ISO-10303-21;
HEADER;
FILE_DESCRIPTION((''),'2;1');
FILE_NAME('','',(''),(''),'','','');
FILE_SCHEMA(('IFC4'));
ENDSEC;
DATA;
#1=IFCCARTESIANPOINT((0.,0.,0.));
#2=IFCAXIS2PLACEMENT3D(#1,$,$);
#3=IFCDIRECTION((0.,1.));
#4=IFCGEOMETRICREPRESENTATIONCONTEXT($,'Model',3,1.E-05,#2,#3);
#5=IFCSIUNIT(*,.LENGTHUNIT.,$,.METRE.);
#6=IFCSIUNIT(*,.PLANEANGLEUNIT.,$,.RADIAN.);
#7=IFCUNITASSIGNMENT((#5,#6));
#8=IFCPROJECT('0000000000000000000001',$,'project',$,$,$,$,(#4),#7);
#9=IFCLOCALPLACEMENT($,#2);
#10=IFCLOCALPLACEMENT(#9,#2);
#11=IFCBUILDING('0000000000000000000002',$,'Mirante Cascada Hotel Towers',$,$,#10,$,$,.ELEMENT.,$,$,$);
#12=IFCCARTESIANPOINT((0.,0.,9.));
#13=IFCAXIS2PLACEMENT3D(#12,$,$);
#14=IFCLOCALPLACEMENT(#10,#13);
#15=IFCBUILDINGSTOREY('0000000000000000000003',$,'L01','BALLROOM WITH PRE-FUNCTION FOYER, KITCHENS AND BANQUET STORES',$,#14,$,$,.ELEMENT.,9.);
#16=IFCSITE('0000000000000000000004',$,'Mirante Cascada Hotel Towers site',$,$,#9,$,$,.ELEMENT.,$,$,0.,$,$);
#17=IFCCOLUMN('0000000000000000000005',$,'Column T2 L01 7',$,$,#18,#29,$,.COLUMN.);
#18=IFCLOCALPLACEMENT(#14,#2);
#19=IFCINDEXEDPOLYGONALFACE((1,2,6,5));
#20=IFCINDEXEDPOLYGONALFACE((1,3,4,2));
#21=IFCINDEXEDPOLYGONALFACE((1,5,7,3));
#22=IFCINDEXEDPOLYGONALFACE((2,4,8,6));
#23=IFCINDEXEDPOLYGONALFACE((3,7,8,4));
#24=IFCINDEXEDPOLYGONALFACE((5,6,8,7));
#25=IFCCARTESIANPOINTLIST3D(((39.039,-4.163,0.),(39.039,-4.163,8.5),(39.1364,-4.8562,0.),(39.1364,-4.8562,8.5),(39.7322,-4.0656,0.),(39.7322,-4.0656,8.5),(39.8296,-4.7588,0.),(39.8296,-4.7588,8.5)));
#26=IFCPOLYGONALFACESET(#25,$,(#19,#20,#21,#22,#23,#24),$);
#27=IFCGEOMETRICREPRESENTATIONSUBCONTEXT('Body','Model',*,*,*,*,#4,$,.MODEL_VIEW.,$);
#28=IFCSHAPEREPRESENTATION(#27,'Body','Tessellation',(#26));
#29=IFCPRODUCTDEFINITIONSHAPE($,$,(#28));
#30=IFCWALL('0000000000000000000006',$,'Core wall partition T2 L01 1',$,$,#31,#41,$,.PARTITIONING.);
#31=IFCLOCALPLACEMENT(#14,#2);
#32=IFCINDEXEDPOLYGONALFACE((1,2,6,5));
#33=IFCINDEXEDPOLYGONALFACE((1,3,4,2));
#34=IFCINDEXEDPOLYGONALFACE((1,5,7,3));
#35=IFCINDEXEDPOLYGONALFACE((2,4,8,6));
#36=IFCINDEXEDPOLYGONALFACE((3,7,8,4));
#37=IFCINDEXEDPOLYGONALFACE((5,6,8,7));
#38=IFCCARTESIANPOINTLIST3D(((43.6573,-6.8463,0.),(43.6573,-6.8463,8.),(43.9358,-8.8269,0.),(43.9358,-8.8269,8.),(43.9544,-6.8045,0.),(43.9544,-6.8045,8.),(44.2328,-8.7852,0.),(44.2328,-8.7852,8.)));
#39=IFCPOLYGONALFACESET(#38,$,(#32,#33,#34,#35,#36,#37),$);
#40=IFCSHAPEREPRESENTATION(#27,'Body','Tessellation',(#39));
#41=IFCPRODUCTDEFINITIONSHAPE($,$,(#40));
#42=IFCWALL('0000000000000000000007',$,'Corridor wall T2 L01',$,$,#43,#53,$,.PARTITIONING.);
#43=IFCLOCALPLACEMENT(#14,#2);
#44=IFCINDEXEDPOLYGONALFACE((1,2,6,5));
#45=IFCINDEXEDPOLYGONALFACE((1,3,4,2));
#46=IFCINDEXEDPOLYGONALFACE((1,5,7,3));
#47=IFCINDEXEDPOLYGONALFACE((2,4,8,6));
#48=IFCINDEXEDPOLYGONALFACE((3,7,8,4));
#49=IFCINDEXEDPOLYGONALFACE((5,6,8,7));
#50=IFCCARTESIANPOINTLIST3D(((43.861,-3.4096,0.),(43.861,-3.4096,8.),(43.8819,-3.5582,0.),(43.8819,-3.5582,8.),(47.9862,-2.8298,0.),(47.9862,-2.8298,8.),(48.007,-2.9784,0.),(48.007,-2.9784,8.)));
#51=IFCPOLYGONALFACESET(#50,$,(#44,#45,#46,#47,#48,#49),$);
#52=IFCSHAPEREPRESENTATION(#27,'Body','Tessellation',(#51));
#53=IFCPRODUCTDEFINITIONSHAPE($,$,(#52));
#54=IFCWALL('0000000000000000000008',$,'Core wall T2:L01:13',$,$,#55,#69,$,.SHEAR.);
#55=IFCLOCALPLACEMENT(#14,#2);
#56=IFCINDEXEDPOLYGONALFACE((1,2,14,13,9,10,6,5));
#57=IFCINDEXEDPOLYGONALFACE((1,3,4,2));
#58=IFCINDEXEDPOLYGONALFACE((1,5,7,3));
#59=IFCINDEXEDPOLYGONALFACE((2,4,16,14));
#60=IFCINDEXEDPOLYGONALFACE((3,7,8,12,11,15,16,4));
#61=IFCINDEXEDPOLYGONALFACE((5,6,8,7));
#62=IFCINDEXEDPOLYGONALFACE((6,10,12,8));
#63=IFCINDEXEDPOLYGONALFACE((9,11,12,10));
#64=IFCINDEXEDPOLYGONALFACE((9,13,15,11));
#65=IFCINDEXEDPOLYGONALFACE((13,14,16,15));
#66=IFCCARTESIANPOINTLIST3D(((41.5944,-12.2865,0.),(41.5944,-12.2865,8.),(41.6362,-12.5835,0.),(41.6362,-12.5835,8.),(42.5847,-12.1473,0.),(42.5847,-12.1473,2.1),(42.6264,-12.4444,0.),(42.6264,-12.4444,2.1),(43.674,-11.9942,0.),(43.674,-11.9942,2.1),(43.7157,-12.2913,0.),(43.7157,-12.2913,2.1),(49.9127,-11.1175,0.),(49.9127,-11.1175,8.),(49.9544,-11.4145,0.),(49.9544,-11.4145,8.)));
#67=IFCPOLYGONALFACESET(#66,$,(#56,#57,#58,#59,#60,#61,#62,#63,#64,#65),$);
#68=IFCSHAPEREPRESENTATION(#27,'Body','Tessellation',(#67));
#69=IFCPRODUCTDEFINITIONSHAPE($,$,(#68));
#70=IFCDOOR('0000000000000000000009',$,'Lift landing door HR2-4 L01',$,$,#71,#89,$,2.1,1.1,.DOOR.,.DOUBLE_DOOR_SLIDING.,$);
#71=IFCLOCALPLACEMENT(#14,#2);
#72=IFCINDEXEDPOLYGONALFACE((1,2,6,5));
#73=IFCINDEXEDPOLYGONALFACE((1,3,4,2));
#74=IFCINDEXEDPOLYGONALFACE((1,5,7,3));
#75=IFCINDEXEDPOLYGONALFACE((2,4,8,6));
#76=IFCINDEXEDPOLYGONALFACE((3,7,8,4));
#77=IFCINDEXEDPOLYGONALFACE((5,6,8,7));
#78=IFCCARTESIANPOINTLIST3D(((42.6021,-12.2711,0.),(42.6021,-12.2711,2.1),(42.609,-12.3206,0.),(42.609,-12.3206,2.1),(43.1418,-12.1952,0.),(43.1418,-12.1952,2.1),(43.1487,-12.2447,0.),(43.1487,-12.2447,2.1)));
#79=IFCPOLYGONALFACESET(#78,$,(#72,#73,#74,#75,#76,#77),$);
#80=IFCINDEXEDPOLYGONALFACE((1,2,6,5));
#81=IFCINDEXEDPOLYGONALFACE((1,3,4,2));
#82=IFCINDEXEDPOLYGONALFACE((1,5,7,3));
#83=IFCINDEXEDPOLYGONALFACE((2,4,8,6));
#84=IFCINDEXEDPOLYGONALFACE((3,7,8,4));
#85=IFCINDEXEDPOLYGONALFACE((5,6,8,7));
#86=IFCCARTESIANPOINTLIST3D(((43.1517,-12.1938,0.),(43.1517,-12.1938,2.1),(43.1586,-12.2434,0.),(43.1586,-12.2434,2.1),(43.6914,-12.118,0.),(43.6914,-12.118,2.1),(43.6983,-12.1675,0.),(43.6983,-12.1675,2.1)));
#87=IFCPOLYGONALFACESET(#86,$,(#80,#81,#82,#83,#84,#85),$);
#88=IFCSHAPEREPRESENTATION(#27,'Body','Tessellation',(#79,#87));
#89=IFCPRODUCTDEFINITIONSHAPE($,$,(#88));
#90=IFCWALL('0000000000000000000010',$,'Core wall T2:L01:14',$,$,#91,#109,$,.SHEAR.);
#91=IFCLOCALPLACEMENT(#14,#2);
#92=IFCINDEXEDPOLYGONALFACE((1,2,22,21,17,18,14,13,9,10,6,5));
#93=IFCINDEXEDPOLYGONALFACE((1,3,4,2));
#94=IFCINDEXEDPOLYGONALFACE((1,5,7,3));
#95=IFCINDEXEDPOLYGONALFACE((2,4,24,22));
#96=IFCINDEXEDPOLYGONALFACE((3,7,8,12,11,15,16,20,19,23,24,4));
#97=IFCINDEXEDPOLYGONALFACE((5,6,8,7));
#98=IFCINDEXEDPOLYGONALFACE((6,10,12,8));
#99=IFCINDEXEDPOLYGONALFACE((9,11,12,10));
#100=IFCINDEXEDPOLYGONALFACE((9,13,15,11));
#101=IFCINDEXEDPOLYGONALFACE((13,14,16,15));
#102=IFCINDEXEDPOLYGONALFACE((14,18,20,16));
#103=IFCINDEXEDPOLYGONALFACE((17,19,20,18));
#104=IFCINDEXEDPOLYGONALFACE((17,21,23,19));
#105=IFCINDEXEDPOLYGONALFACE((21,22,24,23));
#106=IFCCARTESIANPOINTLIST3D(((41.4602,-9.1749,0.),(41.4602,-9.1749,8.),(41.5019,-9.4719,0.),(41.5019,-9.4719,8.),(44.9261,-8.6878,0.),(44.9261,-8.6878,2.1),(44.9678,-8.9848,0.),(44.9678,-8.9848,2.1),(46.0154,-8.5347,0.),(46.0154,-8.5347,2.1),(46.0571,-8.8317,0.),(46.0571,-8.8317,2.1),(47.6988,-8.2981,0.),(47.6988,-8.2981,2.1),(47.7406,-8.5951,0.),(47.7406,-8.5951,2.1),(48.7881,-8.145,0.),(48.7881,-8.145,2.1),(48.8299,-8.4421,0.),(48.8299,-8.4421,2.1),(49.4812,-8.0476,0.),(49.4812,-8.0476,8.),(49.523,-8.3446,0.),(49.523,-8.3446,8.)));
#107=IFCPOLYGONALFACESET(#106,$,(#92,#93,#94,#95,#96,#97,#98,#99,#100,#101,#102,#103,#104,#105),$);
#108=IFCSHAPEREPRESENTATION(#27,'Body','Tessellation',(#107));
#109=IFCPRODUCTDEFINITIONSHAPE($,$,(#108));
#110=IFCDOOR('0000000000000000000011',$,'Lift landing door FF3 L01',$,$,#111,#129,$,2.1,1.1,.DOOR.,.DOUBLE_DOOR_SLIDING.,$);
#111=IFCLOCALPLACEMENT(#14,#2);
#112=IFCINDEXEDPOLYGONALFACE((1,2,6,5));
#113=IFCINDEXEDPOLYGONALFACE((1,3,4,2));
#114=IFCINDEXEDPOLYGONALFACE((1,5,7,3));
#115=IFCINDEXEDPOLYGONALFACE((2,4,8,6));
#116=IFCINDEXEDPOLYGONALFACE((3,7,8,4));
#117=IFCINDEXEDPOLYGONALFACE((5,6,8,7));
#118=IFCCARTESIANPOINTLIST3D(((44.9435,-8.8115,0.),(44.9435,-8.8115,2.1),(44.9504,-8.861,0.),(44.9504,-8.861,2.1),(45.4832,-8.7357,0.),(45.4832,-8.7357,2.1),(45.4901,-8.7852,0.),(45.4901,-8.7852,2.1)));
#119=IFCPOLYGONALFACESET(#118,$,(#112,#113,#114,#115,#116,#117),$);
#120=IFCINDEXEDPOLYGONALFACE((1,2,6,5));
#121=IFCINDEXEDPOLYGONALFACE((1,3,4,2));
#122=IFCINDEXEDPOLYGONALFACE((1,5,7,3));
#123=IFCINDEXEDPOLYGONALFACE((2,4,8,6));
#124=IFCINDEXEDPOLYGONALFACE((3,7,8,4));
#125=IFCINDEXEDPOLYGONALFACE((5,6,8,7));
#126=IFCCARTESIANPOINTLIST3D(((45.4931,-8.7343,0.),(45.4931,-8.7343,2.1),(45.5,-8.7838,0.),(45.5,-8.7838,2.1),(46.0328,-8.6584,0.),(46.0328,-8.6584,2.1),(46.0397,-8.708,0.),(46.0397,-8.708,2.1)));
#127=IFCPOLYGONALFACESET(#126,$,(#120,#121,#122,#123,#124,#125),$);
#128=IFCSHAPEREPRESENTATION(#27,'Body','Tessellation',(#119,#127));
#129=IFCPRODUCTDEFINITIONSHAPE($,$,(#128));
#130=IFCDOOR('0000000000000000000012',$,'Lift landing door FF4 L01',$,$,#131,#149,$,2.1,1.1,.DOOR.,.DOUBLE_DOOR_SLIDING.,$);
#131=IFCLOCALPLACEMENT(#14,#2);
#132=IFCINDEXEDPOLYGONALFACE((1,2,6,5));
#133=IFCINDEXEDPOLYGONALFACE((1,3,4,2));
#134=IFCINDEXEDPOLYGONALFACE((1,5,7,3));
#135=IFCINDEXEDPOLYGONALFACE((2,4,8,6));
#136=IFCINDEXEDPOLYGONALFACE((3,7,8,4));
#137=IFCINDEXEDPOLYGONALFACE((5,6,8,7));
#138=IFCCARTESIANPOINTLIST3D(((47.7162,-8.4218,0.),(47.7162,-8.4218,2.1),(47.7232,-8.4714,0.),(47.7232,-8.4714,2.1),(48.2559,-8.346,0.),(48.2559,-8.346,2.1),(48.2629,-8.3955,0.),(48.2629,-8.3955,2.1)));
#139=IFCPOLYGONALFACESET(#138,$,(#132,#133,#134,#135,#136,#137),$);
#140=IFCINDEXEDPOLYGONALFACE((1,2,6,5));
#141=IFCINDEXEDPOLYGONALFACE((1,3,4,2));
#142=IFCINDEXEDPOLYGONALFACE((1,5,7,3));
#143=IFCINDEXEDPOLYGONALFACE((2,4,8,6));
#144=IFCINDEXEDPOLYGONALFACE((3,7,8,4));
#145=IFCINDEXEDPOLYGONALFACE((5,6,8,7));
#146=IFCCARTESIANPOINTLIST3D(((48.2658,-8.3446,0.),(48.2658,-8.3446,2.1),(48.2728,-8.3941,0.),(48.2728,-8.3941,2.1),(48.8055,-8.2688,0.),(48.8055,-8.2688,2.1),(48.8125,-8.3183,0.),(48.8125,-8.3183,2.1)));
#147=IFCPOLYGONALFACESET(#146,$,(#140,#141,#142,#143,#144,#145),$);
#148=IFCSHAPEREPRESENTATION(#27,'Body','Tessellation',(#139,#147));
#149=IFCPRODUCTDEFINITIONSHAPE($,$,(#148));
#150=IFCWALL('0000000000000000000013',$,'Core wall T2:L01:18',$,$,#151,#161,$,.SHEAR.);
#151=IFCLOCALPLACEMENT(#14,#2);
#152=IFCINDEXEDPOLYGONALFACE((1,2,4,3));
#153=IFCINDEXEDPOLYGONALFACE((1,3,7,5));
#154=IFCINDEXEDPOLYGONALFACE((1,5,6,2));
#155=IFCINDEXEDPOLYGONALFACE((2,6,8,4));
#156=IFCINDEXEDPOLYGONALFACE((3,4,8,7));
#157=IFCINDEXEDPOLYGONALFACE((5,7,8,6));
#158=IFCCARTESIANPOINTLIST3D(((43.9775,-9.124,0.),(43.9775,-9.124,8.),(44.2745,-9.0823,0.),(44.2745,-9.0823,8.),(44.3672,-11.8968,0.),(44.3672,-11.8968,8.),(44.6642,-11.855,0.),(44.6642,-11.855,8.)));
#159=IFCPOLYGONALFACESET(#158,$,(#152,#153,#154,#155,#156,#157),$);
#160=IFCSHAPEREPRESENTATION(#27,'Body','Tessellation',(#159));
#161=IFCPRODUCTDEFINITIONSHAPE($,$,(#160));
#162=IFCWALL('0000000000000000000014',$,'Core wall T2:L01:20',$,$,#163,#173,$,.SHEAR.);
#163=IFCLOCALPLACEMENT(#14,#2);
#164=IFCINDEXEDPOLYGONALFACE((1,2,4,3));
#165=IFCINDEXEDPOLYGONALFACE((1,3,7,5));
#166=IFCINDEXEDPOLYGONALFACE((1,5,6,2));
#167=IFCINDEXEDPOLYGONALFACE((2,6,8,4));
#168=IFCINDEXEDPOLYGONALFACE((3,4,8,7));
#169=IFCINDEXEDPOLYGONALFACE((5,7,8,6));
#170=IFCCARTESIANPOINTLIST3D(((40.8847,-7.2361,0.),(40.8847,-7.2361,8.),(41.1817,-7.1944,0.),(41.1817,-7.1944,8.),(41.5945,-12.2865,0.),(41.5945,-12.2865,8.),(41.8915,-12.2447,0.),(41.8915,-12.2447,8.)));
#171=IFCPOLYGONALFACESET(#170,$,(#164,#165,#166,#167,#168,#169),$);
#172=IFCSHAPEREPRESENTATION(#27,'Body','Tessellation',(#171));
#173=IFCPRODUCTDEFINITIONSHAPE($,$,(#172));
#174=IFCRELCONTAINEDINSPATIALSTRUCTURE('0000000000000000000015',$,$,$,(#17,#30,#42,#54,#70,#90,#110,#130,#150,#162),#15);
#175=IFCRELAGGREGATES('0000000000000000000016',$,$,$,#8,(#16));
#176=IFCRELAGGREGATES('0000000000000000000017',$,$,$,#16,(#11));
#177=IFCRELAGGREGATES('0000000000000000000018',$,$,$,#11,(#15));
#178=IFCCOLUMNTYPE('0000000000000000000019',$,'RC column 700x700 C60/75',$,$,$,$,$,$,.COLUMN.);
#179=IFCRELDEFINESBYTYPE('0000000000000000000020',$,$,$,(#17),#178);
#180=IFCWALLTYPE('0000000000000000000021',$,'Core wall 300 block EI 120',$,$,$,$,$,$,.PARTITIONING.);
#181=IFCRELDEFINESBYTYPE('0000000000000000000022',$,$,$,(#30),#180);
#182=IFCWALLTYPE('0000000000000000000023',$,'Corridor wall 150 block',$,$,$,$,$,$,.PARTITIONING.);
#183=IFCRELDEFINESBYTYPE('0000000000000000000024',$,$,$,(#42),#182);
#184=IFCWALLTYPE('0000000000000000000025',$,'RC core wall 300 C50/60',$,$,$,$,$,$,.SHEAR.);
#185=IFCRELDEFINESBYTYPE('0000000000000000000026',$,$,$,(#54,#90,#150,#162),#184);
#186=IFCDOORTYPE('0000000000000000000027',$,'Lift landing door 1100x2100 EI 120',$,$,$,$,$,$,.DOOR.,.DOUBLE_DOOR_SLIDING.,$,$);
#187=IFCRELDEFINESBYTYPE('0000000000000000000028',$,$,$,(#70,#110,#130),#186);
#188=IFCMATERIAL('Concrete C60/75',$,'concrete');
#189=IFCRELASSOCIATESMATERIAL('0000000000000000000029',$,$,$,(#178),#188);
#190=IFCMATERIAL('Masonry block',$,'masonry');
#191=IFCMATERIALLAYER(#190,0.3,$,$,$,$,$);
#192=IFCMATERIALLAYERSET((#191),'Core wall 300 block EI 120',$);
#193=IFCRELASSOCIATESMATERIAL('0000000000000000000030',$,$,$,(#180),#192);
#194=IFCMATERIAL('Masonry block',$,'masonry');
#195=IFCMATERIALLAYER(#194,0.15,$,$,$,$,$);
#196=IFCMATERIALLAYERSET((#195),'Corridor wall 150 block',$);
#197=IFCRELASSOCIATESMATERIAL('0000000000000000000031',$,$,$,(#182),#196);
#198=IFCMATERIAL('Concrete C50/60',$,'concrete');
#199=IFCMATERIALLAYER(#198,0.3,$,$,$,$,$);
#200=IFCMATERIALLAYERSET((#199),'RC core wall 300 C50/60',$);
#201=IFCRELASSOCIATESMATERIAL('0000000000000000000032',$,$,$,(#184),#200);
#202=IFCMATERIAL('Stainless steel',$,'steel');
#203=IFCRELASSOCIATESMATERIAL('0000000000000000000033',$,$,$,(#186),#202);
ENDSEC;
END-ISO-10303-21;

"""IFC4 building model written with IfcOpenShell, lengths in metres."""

from ifc_helpers import new_model, si_unit, direction, frame, frame_2d, origin, origin_2d, place, context, subcontext, project, spatial, rectangle, extrude, material, layer, layer_set, material_profile, profile_set, type_object, element, fill, save


model = new_model("IFC4")

# Units and contexts
model_context = context("Model", 3, precision=1e-05, world=origin(), true_north=direction((0.0, 1.0)))
body_context = subcontext(model_context, "Body", "Model", "MODEL_VIEW")
ifc_project = project(units=[si_unit("LENGTHUNIT", "METRE"), si_unit("PLANEANGLEUNIT", "RADIAN")], contexts=[model_context])

# Site, building, storey
site_placement = place(None, origin())
site = spatial("IfcSite", under=ifc_project, at=site_placement, Name="Mirante Cascada Hotel Towers site", CompositionType="ELEMENT", RefElevation=0.0)
building_placement = place(site_placement, origin())
building = spatial("IfcBuilding", under=site, at=building_placement, Name="Mirante Cascada Hotel Towers", CompositionType="ELEMENT")
storey_placement = place(building_placement, frame((0.0, 0.0, 9.0)))
storey = spatial("IfcBuildingStorey", under=building, at=storey_placement, Name="L01", Description="BALLROOM WITH PRE-FUNCTION FOYER, KITCHENS AND BANQUET STORES", CompositionType="ELEMENT", Elevation=9.0)

# Column
ifc_material_1 = material(Name="Concrete C60/75", Category="concrete")
ifc_material_profile = material_profile(ifc_material_1, rectangle(XDim=0.7, YDim=0.7, at=origin_2d()), Name="RC column 700x700 C60/75")
ifc_profile_set = profile_set([ifc_material_profile], Name="Concrete C60/75")
column_type = type_object("IfcColumnType", Name="RC column 700x700 C60/75", PredefinedType="COLUMN", material=ifc_profile_set)
column_placement = place(storey_placement, frame((39.4343, -4.4609, 0.0), z_axis=(0.0, 0.0, 1.0), x_axis=(0.990268, 0.139173, 0.0)))
element("IfcColumn", 1, at=column_placement, inside=storey, type_object=column_type, Name="Column T2 L01 7", PredefinedType="COLUMN", context=body_context, shape_type="SweptSolid", body=[
    extrude(rectangle(XDim=0.7, YDim=0.7, at=origin_2d()), origin(), (0.0, 0.0, 1.0), 8.5),
])

# Walls
ifc_material_2 = material(Name="Masonry block", Category="masonry")
ifc_layer_1 = layer(ifc_material_2, 0.3)
ifc_layer_set_1 = layer_set([ifc_layer_1], Name="Core wall 300 block EI 120")
wall_type_1 = type_object("IfcWallType", Name="Core wall 300 block EI 120", PredefinedType="PARTITIONING", material=ifc_layer_set_1)
wall_1_placement = place(storey_placement, frame((44.0843, -8.8061, 0.0), z_axis=(0.0, 0.0, 1.0), x_axis=(-0.139195, 0.990265, 0.0)))
element("IfcWall", 2, at=wall_1_placement, inside=storey, type_object=wall_type_1, Name="Core wall partition T2 L01 1", PredefinedType="PARTITIONING", context=body_context, shape_type="SweptSolid", body=[
    extrude(rectangle(XDim=2.0001, YDim=0.3, at=frame_2d((1.0001, 0.0))), origin(), (0.0, 0.0, 1.0), 8.0),
])
ifc_material_3 = material(Name="Masonry block", Category="masonry")
ifc_layer_2 = layer(ifc_material_3, 0.15)
ifc_layer_set_2 = layer_set([ifc_layer_2], Name="Corridor wall 150 block")
wall_type_2 = type_object("IfcWallType", Name="Corridor wall 150 block", PredefinedType="PARTITIONING", material=ifc_layer_set_2)
wall_2_placement = place(storey_placement, frame((43.8715, -3.4839, 0.0), z_axis=(0.0, 0.0, 1.0), x_axis=(0.990267, 0.139183, 0.0)))
element("IfcWall", 3, at=wall_2_placement, inside=storey, type_object=wall_type_2, Name="Corridor wall T2 L01", PredefinedType="PARTITIONING", context=body_context, shape_type="SweptSolid", body=[
    extrude(rectangle(XDim=4.1657, YDim=0.15, at=frame_2d((2.0828, 0.0))), origin(), (0.0, 0.0, 1.0), 8.0),
])

# Wall, opening, door
ifc_material_4 = material(Name="Concrete C50/60", Category="concrete")
ifc_layer_3 = layer(ifc_material_4, 0.3)
ifc_layer_set_3 = layer_set([ifc_layer_3], Name="RC core wall 300 C50/60")
wall_type_3 = type_object("IfcWallType", Name="RC core wall 300 C50/60", PredefinedType="SHEAR", material=ifc_layer_set_3)
wall_3_placement = place(storey_placement, frame((41.6153, -12.435, 0.0), z_axis=(0.0, 0.0, 1.0), x_axis=(0.990269, 0.139166, 0.0)))
wall_3 = element("IfcWall", 4, at=wall_3_placement, inside=storey, type_object=wall_type_3, Name="Core wall T2:L01:13", PredefinedType="SHEAR", context=body_context, shape_type="SweptSolid", body=[
    extrude(rectangle(XDim=8.4, YDim=0.3, at=frame_2d((4.2, 0.0))), origin(), (0.0, 0.0, 1.0), 8.0),
])
opening_1_placement = place(wall_3_placement, frame((1.0, 0.0, 0.0)))
opening_1 = element("IfcOpeningElement", 5, at=opening_1_placement, cuts=wall_3, PredefinedType="OPENING", context=body_context, shape_type="SweptSolid", body=[
    extrude(rectangle(XDim=1.1, YDim=2.1, at=frame_2d((0.55, 1.05))), frame((0.0, 0.15, 0.0), z_axis=(0.0, -1.0, 0.0), x_axis=(1.0, 0.0, 0.0)), (0.0, 0.0, 1.0), 0.3),
])
ifc_material_5 = material(Name="Stainless steel", Category="steel")
door_type = type_object("IfcDoorType", Name="Lift landing door 1100x2100 EI 120", OperationType="DOUBLE_DOOR_SLIDING", PredefinedType="DOOR", material=ifc_material_5)
door_1_placement = place(opening_1_placement, origin())
door_1 = element("IfcDoor", 6, at=door_1_placement, inside=storey, type_object=door_type, Name="Lift landing door HR2-4 L01", OperationType="DOUBLE_DOOR_SLIDING", OverallHeight=2.1, OverallWidth=1.1, PredefinedType="DOOR", context=body_context, shape_type="SweptSolid", body=[
    extrude(rectangle(XDim=0.545, YDim=2.1, at=frame_2d((0.2725, 1.05))), frame((0.0, 0.025, 0.0), z_axis=(0.0, -1.0, 0.0), x_axis=(1.0, 0.0, 0.0)), (0.0, 0.0, 1.0), 0.05),
    extrude(rectangle(XDim=0.545, YDim=2.1, at=frame_2d((0.8275, 1.05))), frame((0.0, 0.025, 0.0), z_axis=(0.0, -1.0, 0.0), x_axis=(1.0, 0.0, 0.0)), (0.0, 0.0, 1.0), 0.05),
])
fill(opening_1, door_1)

# Wall, openings, doors
wall_4_placement = place(storey_placement, frame((41.481, -9.3234, 0.0), z_axis=(0.0, 0.0, 1.0), x_axis=(0.990268, 0.139174, 0.0)))
wall_4 = element("IfcWall", 7, at=wall_4_placement, inside=storey, type_object=wall_type_3, Name="Core wall T2:L01:14", PredefinedType="SHEAR", context=body_context, shape_type="SweptSolid", body=[
    extrude(rectangle(XDim=8.0999, YDim=0.3, at=frame_2d((4.05, 0.0))), origin(), (0.0, 0.0, 1.0), 8.0),
])
opening_2_placement = place(wall_4_placement, frame((3.5, 0.0, 0.0)))
opening_2 = element("IfcOpeningElement", 8, at=opening_2_placement, cuts=wall_4, PredefinedType="OPENING", context=body_context, shape_type="SweptSolid", body=[
    extrude(rectangle(XDim=1.1, YDim=2.1, at=frame_2d((0.55, 1.05))), frame((0.0, 0.15, 0.0), z_axis=(0.0, -1.0, 0.0), x_axis=(1.0, 0.0, 0.0)), (0.0, 0.0, 1.0), 0.3),
])
opening_3_placement = place(wall_4_placement, frame((6.3, 0.0, 0.0)))
opening_3 = element("IfcOpeningElement", 9, at=opening_3_placement, cuts=wall_4, PredefinedType="OPENING", context=body_context, shape_type="SweptSolid", body=[
    extrude(rectangle(XDim=1.1, YDim=2.1, at=frame_2d((0.55, 1.05))), frame((0.0, 0.15, 0.0), z_axis=(0.0, -1.0, 0.0), x_axis=(1.0, 0.0, 0.0)), (0.0, 0.0, 1.0), 0.3),
])
door_2_placement = place(opening_2_placement, origin())
door_2 = element("IfcDoor", 10, at=door_2_placement, inside=storey, type_object=door_type, Name="Lift landing door FF3 L01", OperationType="DOUBLE_DOOR_SLIDING", OverallHeight=2.1, OverallWidth=1.1, PredefinedType="DOOR", context=body_context, shape_type="SweptSolid", body=[
    extrude(rectangle(XDim=0.545, YDim=2.1, at=frame_2d((0.2725, 1.05))), frame((0.0, 0.025, 0.0), z_axis=(0.0, -1.0, 0.0), x_axis=(1.0, 0.0, 0.0)), (0.0, 0.0, 1.0), 0.05),
    extrude(rectangle(XDim=0.545, YDim=2.1, at=frame_2d((0.8275, 1.05))), frame((0.0, 0.025, 0.0), z_axis=(0.0, -1.0, 0.0), x_axis=(1.0, 0.0, 0.0)), (0.0, 0.0, 1.0), 0.05),
])
fill(opening_2, door_2)
door_3_placement = place(opening_3_placement, origin())
door_3 = element("IfcDoor", 11, at=door_3_placement, inside=storey, type_object=door_type, Name="Lift landing door FF4 L01", OperationType="DOUBLE_DOOR_SLIDING", OverallHeight=2.1, OverallWidth=1.1, PredefinedType="DOOR", context=body_context, shape_type="SweptSolid", body=[
    extrude(rectangle(XDim=0.545, YDim=2.1, at=frame_2d((0.2725, 1.05))), frame((0.0, 0.025, 0.0), z_axis=(0.0, -1.0, 0.0), x_axis=(1.0, 0.0, 0.0)), (0.0, 0.0, 1.0), 0.05),
    extrude(rectangle(XDim=0.545, YDim=2.1, at=frame_2d((0.8275, 1.05))), frame((0.0, 0.025, 0.0), z_axis=(0.0, -1.0, 0.0), x_axis=(1.0, 0.0, 0.0)), (0.0, 0.0, 1.0), 0.05),
])
fill(opening_3, door_3)

# Walls
wall_5_placement = place(storey_placement, frame((44.5157, -11.8759, 0.0), z_axis=(0.0, 0.0, 1.0), x_axis=(-0.139181, 0.990267, 0.0)))
element("IfcWall", 12, at=wall_5_placement, inside=storey, type_object=wall_type_3, Name="Core wall T2:L01:18", PredefinedType="SHEAR", context=body_context, shape_type="SweptSolid", body=[
    extrude(rectangle(XDim=2.8, YDim=0.3, at=frame_2d((1.4, 0.0))), origin(), (0.0, 0.0, 1.0), 8.0),
])
wall_6_placement = place(storey_placement, frame((41.743, -12.2656, 0.0), z_axis=(0.0, 0.0, 1.0), x_axis=(-0.139176, 0.990268, 0.0)))
element("IfcWall", 13, at=wall_6_placement, inside=storey, type_object=wall_type_3, Name="Core wall T2:L01:20", PredefinedType="SHEAR", context=body_context, shape_type="SweptSolid", body=[
    extrude(rectangle(XDim=5.1, YDim=0.3, at=frame_2d((2.55, 0.0))), origin(), (0.0, 0.0, 1.0), 8.0),
])

save(model, "model.ifc")
